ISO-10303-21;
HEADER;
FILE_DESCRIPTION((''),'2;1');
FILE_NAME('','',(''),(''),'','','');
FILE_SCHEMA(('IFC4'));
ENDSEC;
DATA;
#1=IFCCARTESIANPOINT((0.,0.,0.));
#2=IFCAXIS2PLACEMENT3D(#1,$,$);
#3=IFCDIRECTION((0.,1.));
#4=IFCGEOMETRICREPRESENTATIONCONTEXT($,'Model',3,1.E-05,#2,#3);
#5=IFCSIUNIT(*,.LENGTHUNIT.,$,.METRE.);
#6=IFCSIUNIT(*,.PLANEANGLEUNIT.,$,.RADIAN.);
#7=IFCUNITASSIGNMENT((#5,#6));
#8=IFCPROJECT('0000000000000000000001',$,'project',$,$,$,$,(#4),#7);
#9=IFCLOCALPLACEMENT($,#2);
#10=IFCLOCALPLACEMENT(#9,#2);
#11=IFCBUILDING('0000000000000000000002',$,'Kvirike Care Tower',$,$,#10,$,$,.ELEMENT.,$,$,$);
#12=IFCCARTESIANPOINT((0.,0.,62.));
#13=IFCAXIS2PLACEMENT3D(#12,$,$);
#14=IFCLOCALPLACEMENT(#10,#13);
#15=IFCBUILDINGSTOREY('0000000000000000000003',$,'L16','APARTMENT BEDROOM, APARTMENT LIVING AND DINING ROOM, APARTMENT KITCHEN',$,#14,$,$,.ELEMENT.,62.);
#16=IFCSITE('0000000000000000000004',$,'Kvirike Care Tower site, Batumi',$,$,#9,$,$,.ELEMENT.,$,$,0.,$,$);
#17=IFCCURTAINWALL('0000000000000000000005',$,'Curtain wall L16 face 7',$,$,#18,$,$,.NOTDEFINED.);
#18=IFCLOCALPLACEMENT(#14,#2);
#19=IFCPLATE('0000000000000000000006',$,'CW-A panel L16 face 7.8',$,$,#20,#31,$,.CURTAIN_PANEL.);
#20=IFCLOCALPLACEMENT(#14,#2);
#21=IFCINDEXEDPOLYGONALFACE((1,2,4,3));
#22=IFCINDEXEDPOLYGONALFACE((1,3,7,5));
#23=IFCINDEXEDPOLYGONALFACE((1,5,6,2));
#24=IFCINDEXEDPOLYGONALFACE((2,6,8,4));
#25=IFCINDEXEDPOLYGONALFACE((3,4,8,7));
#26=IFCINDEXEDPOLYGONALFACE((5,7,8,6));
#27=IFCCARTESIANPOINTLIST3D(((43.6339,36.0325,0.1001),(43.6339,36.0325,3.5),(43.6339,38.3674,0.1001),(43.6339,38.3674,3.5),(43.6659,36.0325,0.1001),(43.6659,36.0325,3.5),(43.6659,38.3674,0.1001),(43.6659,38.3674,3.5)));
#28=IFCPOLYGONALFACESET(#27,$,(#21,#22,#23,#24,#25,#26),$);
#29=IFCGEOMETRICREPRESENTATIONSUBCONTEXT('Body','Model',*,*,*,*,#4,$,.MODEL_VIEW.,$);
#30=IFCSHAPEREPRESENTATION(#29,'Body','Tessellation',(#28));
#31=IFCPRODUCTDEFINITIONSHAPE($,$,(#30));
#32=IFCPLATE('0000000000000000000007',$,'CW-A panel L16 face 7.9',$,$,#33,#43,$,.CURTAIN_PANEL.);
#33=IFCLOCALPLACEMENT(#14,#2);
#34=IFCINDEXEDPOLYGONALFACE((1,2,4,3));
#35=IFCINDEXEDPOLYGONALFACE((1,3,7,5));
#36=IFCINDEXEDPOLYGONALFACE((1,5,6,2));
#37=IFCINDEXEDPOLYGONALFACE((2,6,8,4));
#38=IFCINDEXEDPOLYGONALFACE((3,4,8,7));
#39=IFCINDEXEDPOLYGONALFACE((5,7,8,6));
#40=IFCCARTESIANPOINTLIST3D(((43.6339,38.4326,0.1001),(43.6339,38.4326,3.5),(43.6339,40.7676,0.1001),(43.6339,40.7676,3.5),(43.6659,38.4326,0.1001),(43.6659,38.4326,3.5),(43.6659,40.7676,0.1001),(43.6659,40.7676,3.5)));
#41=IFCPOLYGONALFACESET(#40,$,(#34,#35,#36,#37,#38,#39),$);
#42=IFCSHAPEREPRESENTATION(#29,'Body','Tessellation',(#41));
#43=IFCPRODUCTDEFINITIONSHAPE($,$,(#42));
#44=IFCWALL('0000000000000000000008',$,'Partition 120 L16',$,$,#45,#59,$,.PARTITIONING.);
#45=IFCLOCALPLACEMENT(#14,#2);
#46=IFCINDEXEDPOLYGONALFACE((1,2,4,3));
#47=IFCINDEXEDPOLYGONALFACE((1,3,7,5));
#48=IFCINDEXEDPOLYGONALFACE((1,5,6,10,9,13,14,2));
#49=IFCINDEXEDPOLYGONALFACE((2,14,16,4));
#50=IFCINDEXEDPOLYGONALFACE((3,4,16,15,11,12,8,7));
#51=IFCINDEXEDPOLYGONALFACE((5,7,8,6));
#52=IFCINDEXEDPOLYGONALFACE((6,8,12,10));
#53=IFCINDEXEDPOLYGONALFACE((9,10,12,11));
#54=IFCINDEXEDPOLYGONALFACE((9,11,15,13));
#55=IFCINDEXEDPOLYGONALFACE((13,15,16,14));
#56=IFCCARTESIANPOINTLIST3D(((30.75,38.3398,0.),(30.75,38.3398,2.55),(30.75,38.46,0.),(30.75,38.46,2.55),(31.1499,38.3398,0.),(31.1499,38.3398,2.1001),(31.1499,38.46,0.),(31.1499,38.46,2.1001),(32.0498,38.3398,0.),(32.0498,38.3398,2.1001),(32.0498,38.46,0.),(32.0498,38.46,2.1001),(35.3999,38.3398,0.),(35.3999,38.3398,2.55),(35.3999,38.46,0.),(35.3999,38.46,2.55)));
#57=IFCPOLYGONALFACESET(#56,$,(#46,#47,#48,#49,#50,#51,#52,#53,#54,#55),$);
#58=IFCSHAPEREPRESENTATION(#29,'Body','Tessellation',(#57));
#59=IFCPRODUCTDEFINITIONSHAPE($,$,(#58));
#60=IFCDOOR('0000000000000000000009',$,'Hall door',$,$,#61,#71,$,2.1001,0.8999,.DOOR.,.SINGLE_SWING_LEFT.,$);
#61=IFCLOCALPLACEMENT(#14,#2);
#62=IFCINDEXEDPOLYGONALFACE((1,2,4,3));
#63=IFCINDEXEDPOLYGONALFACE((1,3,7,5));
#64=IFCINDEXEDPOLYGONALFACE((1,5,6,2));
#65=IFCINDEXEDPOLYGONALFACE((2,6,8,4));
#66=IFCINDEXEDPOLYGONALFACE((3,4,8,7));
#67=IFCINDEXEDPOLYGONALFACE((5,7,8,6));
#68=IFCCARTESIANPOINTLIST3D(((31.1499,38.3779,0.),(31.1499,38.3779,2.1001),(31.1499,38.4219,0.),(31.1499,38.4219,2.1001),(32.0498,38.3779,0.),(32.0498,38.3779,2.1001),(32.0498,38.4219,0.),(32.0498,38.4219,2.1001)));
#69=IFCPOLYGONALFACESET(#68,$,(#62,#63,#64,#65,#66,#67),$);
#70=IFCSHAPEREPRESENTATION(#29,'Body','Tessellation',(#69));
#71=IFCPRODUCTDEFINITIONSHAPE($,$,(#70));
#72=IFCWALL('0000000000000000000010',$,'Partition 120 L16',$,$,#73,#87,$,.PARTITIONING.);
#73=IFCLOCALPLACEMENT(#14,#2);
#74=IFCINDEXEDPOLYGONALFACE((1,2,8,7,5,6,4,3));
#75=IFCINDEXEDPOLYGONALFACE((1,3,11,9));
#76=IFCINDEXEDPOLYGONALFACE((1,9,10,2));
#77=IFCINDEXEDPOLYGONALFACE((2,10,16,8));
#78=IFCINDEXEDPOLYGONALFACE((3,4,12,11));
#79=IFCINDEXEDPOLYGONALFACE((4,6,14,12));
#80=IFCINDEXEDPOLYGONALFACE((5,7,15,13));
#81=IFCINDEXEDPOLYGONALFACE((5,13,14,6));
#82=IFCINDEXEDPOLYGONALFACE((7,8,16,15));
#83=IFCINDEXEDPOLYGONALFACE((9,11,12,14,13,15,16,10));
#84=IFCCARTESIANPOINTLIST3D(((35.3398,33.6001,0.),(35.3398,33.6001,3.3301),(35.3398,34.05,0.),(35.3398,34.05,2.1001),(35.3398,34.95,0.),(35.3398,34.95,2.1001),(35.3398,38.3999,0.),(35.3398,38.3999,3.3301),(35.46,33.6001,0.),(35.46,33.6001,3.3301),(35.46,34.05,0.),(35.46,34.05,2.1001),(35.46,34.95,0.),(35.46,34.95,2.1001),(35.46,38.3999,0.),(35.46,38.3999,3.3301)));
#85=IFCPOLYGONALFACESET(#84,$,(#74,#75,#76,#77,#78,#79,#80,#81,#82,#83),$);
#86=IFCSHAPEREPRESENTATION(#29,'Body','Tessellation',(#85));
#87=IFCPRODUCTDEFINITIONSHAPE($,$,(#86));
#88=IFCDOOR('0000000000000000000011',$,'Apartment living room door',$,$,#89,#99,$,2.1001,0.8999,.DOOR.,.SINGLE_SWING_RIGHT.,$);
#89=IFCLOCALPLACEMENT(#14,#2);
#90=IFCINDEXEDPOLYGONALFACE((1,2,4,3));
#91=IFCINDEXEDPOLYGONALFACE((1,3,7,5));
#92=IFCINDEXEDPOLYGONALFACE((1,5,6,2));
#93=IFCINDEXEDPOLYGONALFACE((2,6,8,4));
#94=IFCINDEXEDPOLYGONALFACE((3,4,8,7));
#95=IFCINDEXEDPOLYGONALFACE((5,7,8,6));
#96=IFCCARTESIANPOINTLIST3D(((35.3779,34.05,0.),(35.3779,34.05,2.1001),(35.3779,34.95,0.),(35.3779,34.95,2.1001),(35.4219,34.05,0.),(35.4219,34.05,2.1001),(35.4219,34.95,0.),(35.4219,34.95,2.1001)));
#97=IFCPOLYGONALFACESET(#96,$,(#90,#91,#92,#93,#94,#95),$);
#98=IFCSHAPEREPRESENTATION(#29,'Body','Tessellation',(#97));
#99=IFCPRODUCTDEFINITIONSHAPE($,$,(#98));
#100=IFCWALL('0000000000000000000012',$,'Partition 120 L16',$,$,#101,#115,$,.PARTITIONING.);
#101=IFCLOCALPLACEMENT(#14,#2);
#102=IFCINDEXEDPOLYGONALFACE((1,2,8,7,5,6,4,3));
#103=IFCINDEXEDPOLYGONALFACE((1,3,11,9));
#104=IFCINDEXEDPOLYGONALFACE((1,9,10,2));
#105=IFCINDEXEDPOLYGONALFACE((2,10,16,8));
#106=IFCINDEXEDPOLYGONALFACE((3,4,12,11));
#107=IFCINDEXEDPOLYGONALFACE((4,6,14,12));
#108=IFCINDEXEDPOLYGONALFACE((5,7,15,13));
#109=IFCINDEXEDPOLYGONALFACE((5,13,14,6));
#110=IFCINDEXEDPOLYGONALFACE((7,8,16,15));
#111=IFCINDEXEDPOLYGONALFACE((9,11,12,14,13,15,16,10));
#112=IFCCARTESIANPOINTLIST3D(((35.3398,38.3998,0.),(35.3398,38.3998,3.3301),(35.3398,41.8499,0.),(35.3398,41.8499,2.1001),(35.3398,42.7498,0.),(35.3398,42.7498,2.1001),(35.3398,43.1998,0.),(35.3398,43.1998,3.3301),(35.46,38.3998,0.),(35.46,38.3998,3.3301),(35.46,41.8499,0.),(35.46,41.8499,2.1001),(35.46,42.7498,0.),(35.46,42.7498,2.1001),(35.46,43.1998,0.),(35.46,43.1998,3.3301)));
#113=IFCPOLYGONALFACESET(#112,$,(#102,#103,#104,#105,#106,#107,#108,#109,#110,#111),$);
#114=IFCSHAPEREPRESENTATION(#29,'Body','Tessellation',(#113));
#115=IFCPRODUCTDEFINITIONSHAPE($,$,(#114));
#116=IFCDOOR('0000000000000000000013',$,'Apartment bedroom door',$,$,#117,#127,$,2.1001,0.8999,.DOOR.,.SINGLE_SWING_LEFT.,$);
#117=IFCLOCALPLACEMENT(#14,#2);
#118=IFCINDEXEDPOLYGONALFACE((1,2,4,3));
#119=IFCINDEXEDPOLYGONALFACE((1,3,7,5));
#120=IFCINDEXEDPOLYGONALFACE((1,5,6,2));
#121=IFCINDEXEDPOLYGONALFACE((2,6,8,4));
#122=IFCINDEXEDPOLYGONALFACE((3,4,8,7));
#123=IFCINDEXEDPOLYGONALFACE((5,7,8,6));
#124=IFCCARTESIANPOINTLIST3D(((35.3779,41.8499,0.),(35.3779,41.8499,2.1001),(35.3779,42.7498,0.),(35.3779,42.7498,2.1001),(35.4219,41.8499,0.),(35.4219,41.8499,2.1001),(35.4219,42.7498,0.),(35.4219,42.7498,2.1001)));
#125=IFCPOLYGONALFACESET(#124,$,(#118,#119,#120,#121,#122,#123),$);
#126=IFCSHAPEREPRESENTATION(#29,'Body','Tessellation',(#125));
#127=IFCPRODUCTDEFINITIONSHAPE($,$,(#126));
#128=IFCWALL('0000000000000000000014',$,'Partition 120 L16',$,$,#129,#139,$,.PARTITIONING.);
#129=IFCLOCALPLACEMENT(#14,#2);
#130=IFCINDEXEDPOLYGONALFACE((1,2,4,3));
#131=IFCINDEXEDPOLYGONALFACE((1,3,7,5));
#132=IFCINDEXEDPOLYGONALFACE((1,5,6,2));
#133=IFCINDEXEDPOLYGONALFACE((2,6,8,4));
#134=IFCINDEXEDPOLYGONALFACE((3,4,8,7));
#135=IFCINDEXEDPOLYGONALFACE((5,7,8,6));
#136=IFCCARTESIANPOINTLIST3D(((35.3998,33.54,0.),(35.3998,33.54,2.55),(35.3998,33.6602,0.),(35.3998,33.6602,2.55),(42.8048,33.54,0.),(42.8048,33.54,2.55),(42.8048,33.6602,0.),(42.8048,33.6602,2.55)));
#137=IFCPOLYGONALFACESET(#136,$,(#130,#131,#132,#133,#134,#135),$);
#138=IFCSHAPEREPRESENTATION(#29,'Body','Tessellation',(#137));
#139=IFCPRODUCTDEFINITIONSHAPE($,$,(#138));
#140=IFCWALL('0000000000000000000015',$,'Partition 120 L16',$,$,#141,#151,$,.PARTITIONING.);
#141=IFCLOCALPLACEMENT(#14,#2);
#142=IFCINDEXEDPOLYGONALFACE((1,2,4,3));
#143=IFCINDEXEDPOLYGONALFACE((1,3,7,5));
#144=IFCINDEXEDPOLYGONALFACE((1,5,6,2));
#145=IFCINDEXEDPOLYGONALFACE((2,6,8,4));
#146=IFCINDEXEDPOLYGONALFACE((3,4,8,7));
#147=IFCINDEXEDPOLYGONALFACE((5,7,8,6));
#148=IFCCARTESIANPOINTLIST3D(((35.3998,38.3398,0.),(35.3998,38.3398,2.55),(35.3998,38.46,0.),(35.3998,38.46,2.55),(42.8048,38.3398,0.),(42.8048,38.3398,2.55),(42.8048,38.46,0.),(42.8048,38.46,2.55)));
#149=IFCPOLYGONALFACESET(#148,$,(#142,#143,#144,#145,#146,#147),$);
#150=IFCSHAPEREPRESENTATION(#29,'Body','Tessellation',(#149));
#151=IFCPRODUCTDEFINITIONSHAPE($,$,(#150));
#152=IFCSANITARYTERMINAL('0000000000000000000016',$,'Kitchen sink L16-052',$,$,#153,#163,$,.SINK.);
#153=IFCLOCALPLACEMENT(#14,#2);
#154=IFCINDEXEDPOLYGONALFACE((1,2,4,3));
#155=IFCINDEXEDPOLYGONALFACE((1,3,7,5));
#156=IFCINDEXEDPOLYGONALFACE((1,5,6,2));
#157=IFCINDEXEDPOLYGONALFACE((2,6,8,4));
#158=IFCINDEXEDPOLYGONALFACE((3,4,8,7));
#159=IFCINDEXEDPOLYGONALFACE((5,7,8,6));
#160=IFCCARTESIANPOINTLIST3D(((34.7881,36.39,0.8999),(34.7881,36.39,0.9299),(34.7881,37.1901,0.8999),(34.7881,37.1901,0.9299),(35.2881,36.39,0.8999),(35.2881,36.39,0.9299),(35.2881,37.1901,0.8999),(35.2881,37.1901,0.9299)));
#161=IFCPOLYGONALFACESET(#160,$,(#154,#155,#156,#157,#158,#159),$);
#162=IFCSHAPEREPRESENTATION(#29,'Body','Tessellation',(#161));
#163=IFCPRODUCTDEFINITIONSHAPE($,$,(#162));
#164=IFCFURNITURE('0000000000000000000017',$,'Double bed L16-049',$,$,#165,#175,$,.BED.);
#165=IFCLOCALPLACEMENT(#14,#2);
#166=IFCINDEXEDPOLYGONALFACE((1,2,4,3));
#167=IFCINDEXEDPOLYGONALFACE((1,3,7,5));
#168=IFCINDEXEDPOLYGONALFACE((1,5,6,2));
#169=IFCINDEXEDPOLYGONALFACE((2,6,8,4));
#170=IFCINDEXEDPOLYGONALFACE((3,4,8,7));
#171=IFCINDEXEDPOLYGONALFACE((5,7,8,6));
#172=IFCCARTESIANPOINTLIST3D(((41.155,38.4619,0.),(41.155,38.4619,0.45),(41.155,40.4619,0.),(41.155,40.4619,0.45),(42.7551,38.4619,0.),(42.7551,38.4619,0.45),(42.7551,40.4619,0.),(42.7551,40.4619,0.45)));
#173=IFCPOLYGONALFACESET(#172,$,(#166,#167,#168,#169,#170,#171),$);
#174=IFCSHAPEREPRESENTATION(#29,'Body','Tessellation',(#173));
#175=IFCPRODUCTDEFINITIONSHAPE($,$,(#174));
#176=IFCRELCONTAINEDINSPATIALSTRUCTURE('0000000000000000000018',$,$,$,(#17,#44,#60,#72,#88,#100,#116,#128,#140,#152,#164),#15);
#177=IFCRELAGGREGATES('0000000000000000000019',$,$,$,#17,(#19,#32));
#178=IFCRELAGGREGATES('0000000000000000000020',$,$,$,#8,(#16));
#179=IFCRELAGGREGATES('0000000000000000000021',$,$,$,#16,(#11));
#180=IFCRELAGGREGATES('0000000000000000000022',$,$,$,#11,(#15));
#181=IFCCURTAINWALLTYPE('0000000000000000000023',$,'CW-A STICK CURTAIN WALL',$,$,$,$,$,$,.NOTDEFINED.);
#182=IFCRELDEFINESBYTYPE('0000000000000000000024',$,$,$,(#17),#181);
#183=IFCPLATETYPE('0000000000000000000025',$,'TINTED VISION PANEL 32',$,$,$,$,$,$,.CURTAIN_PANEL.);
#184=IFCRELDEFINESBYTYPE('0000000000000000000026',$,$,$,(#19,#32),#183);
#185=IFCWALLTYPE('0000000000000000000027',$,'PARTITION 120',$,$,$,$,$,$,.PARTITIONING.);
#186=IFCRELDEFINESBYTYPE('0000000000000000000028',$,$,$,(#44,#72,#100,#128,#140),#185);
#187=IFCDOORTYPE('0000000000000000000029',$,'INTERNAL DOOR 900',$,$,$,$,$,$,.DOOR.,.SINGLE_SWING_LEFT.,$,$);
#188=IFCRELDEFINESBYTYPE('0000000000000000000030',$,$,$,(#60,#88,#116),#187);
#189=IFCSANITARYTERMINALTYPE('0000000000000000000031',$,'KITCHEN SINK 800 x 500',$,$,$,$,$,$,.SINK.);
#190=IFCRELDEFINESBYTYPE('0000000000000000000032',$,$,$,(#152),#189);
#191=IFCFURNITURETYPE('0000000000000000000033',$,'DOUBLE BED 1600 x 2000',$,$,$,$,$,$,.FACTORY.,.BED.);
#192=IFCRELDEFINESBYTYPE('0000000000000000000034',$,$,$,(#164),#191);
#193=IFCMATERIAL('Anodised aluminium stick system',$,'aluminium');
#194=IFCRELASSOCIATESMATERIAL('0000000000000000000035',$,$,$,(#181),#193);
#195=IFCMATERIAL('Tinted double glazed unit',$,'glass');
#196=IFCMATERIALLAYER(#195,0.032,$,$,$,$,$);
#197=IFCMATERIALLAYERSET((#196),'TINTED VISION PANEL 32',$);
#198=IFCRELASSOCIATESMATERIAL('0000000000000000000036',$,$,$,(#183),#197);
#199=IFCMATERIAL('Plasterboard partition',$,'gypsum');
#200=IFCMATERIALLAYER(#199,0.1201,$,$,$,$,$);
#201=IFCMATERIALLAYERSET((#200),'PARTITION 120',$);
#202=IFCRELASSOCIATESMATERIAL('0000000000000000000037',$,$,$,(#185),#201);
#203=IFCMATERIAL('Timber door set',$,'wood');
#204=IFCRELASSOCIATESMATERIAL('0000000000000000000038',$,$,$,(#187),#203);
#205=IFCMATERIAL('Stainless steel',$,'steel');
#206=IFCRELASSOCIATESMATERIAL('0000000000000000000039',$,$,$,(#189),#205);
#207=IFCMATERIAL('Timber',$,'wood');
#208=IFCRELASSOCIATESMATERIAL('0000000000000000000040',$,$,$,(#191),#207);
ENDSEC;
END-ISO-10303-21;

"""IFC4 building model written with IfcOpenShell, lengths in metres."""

from ifc_helpers import new_model, si_unit, direction, frame, frame_2d, origin, origin_2d, place, context, subcontext, project, spatial, rectangle, extrude, material, layer, layer_set, type_object, element, fill, aggregate, save


model = new_model("IFC4")

# Units and contexts
model_context = context("Model", 3, precision=1e-05, world=origin(), true_north=direction((0.0, 1.0)))
body_context = subcontext(model_context, "Body", "Model", "MODEL_VIEW")
ifc_project = project(units=[si_unit("LENGTHUNIT", "METRE"), si_unit("PLANEANGLEUNIT", "RADIAN")], contexts=[model_context])

# Site, building, storey
site_placement = place(None, origin())
site = spatial("IfcSite", under=ifc_project, at=site_placement, Name="Kvirike Care Tower site, Batumi", CompositionType="ELEMENT", RefElevation=0.0)
building_placement = place(site_placement, origin())
building = spatial("IfcBuilding", under=site, at=building_placement, Name="Kvirike Care Tower", CompositionType="ELEMENT")
storey_placement = place(building_placement, frame((0.0, 0.0, 62.0)))
storey = spatial("IfcBuildingStorey", under=building, at=storey_placement, Name="L16", Description="APARTMENT BEDROOM, APARTMENT LIVING AND DINING ROOM, APARTMENT KITCHEN", CompositionType="ELEMENT", Elevation=62.0)

# Curtain wall
ifc_material_1 = material(Name="Anodised aluminium stick system", Category="aluminium")
curtain_wall_type = type_object("IfcCurtainWallType", Name="CW-A STICK CURTAIN WALL", PredefinedType="NOTDEFINED", material=ifc_material_1)
curtain_wall_placement = place(storey_placement, origin())
curtain_wall = element("IfcCurtainWall", 1, at=curtain_wall_placement, inside=storey, type_object=curtain_wall_type, Name="Curtain wall L16 face 7", PredefinedType="NOTDEFINED")

# Plates
ifc_material_2 = material(Name="Tinted double glazed unit", Category="glass")
ifc_layer_1 = layer(ifc_material_2, 0.032)
ifc_layer_set_1 = layer_set([ifc_layer_1], Name="TINTED VISION PANEL 32")
plate_type = type_object("IfcPlateType", Name="TINTED VISION PANEL 32", PredefinedType="CURTAIN_PANEL", material=ifc_layer_set_1)
plate_1_placement = place(storey_placement, frame((43.6499, 37.2, 0.1001), z_axis=(0.0, 0.0, 1.0), x_axis=(0.0, 1.0, 0.0)))
plate_1 = element("IfcPlate", 2, at=plate_1_placement, type_object=plate_type, Name="CW-A panel L16 face 7.8", PredefinedType="CURTAIN_PANEL", context=body_context, shape_type="SweptSolid", body=[
    extrude(rectangle(XDim=2.335, YDim=0.032, at=origin_2d()), origin(), (0.0, 0.0, 1.0), 3.3999),
])
plate_2_placement = place(storey_placement, frame((43.6499, 39.6001, 0.1001), z_axis=(0.0, 0.0, 1.0), x_axis=(0.0, 1.0, 0.0)))
plate_2 = element("IfcPlate", 3, at=plate_2_placement, type_object=plate_type, Name="CW-A panel L16 face 7.9", PredefinedType="CURTAIN_PANEL", context=body_context, shape_type="SweptSolid", body=[
    extrude(rectangle(XDim=2.335, YDim=0.032, at=origin_2d()), origin(), (0.0, 0.0, 1.0), 3.3999),
])
aggregate(curtain_wall, [plate_1, plate_2])

# Walls, openings, doors
ifc_material_3 = material(Name="Plasterboard partition", Category="gypsum")
ifc_layer_2 = layer(ifc_material_3, 0.1201)
ifc_layer_set_2 = layer_set([ifc_layer_2], Name="PARTITION 120")
wall_type = type_object("IfcWallType", Name="PARTITION 120", PredefinedType="PARTITIONING", material=ifc_layer_set_2)
wall_1_placement = place(storey_placement, frame((35.3999, 38.3999, 0.0), z_axis=(0.0, 0.0, 1.0), x_axis=(-1.0, 0.0, 0.0)))
wall_1 = element("IfcWall", 4, at=wall_1_placement, inside=storey, type_object=wall_type, Name="Partition 120 L16", PredefinedType="PARTITIONING", context=body_context, shape_type="SweptSolid", body=[
    extrude(rectangle(XDim=4.6499, YDim=0.1201, at=frame_2d((2.325, 0.0))), origin(), (0.0, 0.0, 1.0), 2.55),
])
opening_1_placement = place(wall_1_placement, frame((3.3501, 0.0, 0.0)))
opening_1 = element("IfcOpeningElement", 5, at=opening_1_placement, cuts=wall_1, PredefinedType="OPENING", context=body_context, shape_type="SweptSolid", body=[
    extrude(rectangle(XDim=0.8999, YDim=2.1001, at=frame_2d((0.45, 1.05))), frame((0.0, 0.0706, 0.0), z_axis=(0.0, -1.0, 0.0), x_axis=(1.0, 0.0, 0.0)), (0.0, 0.0, 1.0), 0.1411),
])
ifc_material_4 = material(Name="Timber door set", Category="wood")
door_type = type_object("IfcDoorType", Name="INTERNAL DOOR 900", OperationType="SINGLE_SWING_LEFT", PredefinedType="DOOR", material=ifc_material_4)
door_1_placement = place(opening_1_placement, origin())
door_1 = element("IfcDoor", 6, at=door_1_placement, inside=storey, type_object=door_type, Name="Hall door", OperationType="SINGLE_SWING_LEFT", OverallHeight=2.1001, OverallWidth=0.8999, PredefinedType="DOOR", context=body_context, shape_type="SweptSolid", body=[
    extrude(rectangle(XDim=0.8999, YDim=2.1001, at=frame_2d((0.45, 1.05))), frame((0.0, 0.022, 0.0), z_axis=(0.0, -1.0, 0.0), x_axis=(1.0, 0.0, 0.0)), (0.0, 0.0, 1.0), 0.0439),
])
fill(opening_1, door_1)
wall_2_placement = place(storey_placement, frame((35.3999, 33.6001, 0.0), z_axis=(0.0, 0.0, 1.0), x_axis=(0.0, 1.0, 0.0)))
wall_2 = element("IfcWall", 7, at=wall_2_placement, inside=storey, type_object=wall_type, Name="Partition 120 L16", PredefinedType="PARTITIONING", context=body_context, shape_type="SweptSolid", body=[
    extrude(rectangle(XDim=4.7998, YDim=0.1201, at=frame_2d((2.3999, 0.0))), origin(), (0.0, 0.0, 1.0), 3.3301),
])
opening_2_placement = place(wall_2_placement, frame((0.45, 0.0, 0.0)))
opening_2 = element("IfcOpeningElement", 8, at=opening_2_placement, cuts=wall_2, PredefinedType="OPENING", context=body_context, shape_type="SweptSolid", body=[
    extrude(rectangle(XDim=0.8999, YDim=2.1001, at=frame_2d((0.45, 1.05))), frame((0.0, 0.0706, 0.0), z_axis=(0.0, -1.0, 0.0), x_axis=(1.0, 0.0, 0.0)), (0.0, 0.0, 1.0), 0.1411),
])
door_2_placement = place(opening_2_placement, origin())
door_2 = element("IfcDoor", 9, at=door_2_placement, inside=storey, type_object=door_type, Name="Apartment living room door", OperationType="SINGLE_SWING_RIGHT", OverallHeight=2.1001, OverallWidth=0.8999, PredefinedType="DOOR", context=body_context, shape_type="SweptSolid", body=[
    extrude(rectangle(XDim=0.8999, YDim=2.1001, at=frame_2d((0.45, 1.05))), frame((0.0, 0.022, 0.0), z_axis=(0.0, -1.0, 0.0), x_axis=(1.0, 0.0, 0.0)), (0.0, 0.0, 1.0), 0.0439),
])
fill(opening_2, door_2)
wall_3_placement = place(storey_placement, frame((35.3999, 38.3999, 0.0), z_axis=(0.0, 0.0, 1.0), x_axis=(0.0, 1.0, 0.0)))
wall_3 = element("IfcWall", 10, at=wall_3_placement, inside=storey, type_object=wall_type, Name="Partition 120 L16", PredefinedType="PARTITIONING", context=body_context, shape_type="SweptSolid", body=[
    extrude(rectangle(XDim=4.8, YDim=0.1201, at=frame_2d((2.3999, 0.0))), origin(), (0.0, 0.0, 1.0), 3.3301),
])
opening_3_placement = place(wall_3_placement, frame((3.45, 0.0, 0.0)))
opening_3 = element("IfcOpeningElement", 11, at=opening_3_placement, cuts=wall_3, PredefinedType="OPENING", context=body_context, shape_type="SweptSolid", body=[
    extrude(rectangle(XDim=0.8999, YDim=2.1001, at=frame_2d((0.45, 1.05))), frame((0.0, 0.0706, 0.0), z_axis=(0.0, -1.0, 0.0), x_axis=(1.0, 0.0, 0.0)), (0.0, 0.0, 1.0), 0.1411),
])
door_3_placement = place(opening_3_placement, origin())
door_3 = element("IfcDoor", 12, at=door_3_placement, inside=storey, type_object=door_type, Name="Apartment bedroom door", OperationType="SINGLE_SWING_LEFT", OverallHeight=2.1001, OverallWidth=0.8999, PredefinedType="DOOR", context=body_context, shape_type="SweptSolid", body=[
    extrude(rectangle(XDim=0.8999, YDim=2.1001, at=frame_2d((0.45, 1.05))), frame((0.0, 0.022, 0.0), z_axis=(0.0, -1.0, 0.0), x_axis=(1.0, 0.0, 0.0)), (0.0, 0.0, 1.0), 0.0439),
])
fill(opening_3, door_3)

# Walls
for number, where, z_axis, x_axis, name in (
    (13, (42.8049, 33.6001, 0.0), (0.0, 0.0, 1.0), (-1.0, 0.0, 0.0), "Partition 120 L16"),
    (14, (42.8049, 38.3999, 0.0), (0.0, 0.0, 1.0), (-1.0, 0.0, 0.0), "Partition 120 L16"),
):
    element("IfcWall", number, at=place(storey_placement, frame(where, z_axis=z_axis, x_axis=x_axis)), inside=storey, type_object=wall_type, Name=name, PredefinedType="PARTITIONING", context=body_context, shape_type="SweptSolid", body=[
        extrude(rectangle(XDim=7.405, YDim=0.1201, at=frame_2d((3.7026, 0.0))), origin(), (0.0, 0.0, 1.0), 2.55),
    ])

# Sanitary terminal
ifc_material_5 = material(Name="Stainless steel", Category="steel")
sanitary_terminal_type = type_object("IfcSanitaryTerminalType", Name="KITCHEN SINK 800 x 500", PredefinedType="SINK", material=ifc_material_5)
sanitary_terminal_placement = place(storey_placement, frame((35.0381, 36.79, 0.8999), z_axis=(0.0, 0.0, 1.0), x_axis=(0.0, -1.0, 0.0)))
element("IfcSanitaryTerminal", 15, at=sanitary_terminal_placement, inside=storey, type_object=sanitary_terminal_type, Name="Kitchen sink L16-052", PredefinedType="SINK", context=body_context, shape_type="SweptSolid", body=[
    extrude(rectangle(XDim=0.8, YDim=0.5, at=origin_2d()), origin(), (0.0, 0.0, 1.0), 0.03),
])

# Furniture
ifc_material_6 = material(Name="Timber", Category="wood")
furniture_type = type_object("IfcFurnitureType", Name="DOUBLE BED 1600 x 2000", AssemblyPlace="FACTORY", PredefinedType="BED", material=ifc_material_6)
furniture_placement = place(storey_placement, frame((41.9551, 39.4619, 0.0), z_axis=(0.0, 0.0, 1.0), x_axis=(-1.0, 0.0, 0.0)))
element("IfcFurniture", 16, at=furniture_placement, inside=storey, type_object=furniture_type, Name="Double bed L16-049", PredefinedType="BED", context=body_context, shape_type="SweptSolid", body=[
    extrude(rectangle(XDim=1.6001, YDim=2.0, at=origin_2d()), origin(), (0.0, 0.0, 1.0), 0.45),
])

save(model, "model.ifc")
